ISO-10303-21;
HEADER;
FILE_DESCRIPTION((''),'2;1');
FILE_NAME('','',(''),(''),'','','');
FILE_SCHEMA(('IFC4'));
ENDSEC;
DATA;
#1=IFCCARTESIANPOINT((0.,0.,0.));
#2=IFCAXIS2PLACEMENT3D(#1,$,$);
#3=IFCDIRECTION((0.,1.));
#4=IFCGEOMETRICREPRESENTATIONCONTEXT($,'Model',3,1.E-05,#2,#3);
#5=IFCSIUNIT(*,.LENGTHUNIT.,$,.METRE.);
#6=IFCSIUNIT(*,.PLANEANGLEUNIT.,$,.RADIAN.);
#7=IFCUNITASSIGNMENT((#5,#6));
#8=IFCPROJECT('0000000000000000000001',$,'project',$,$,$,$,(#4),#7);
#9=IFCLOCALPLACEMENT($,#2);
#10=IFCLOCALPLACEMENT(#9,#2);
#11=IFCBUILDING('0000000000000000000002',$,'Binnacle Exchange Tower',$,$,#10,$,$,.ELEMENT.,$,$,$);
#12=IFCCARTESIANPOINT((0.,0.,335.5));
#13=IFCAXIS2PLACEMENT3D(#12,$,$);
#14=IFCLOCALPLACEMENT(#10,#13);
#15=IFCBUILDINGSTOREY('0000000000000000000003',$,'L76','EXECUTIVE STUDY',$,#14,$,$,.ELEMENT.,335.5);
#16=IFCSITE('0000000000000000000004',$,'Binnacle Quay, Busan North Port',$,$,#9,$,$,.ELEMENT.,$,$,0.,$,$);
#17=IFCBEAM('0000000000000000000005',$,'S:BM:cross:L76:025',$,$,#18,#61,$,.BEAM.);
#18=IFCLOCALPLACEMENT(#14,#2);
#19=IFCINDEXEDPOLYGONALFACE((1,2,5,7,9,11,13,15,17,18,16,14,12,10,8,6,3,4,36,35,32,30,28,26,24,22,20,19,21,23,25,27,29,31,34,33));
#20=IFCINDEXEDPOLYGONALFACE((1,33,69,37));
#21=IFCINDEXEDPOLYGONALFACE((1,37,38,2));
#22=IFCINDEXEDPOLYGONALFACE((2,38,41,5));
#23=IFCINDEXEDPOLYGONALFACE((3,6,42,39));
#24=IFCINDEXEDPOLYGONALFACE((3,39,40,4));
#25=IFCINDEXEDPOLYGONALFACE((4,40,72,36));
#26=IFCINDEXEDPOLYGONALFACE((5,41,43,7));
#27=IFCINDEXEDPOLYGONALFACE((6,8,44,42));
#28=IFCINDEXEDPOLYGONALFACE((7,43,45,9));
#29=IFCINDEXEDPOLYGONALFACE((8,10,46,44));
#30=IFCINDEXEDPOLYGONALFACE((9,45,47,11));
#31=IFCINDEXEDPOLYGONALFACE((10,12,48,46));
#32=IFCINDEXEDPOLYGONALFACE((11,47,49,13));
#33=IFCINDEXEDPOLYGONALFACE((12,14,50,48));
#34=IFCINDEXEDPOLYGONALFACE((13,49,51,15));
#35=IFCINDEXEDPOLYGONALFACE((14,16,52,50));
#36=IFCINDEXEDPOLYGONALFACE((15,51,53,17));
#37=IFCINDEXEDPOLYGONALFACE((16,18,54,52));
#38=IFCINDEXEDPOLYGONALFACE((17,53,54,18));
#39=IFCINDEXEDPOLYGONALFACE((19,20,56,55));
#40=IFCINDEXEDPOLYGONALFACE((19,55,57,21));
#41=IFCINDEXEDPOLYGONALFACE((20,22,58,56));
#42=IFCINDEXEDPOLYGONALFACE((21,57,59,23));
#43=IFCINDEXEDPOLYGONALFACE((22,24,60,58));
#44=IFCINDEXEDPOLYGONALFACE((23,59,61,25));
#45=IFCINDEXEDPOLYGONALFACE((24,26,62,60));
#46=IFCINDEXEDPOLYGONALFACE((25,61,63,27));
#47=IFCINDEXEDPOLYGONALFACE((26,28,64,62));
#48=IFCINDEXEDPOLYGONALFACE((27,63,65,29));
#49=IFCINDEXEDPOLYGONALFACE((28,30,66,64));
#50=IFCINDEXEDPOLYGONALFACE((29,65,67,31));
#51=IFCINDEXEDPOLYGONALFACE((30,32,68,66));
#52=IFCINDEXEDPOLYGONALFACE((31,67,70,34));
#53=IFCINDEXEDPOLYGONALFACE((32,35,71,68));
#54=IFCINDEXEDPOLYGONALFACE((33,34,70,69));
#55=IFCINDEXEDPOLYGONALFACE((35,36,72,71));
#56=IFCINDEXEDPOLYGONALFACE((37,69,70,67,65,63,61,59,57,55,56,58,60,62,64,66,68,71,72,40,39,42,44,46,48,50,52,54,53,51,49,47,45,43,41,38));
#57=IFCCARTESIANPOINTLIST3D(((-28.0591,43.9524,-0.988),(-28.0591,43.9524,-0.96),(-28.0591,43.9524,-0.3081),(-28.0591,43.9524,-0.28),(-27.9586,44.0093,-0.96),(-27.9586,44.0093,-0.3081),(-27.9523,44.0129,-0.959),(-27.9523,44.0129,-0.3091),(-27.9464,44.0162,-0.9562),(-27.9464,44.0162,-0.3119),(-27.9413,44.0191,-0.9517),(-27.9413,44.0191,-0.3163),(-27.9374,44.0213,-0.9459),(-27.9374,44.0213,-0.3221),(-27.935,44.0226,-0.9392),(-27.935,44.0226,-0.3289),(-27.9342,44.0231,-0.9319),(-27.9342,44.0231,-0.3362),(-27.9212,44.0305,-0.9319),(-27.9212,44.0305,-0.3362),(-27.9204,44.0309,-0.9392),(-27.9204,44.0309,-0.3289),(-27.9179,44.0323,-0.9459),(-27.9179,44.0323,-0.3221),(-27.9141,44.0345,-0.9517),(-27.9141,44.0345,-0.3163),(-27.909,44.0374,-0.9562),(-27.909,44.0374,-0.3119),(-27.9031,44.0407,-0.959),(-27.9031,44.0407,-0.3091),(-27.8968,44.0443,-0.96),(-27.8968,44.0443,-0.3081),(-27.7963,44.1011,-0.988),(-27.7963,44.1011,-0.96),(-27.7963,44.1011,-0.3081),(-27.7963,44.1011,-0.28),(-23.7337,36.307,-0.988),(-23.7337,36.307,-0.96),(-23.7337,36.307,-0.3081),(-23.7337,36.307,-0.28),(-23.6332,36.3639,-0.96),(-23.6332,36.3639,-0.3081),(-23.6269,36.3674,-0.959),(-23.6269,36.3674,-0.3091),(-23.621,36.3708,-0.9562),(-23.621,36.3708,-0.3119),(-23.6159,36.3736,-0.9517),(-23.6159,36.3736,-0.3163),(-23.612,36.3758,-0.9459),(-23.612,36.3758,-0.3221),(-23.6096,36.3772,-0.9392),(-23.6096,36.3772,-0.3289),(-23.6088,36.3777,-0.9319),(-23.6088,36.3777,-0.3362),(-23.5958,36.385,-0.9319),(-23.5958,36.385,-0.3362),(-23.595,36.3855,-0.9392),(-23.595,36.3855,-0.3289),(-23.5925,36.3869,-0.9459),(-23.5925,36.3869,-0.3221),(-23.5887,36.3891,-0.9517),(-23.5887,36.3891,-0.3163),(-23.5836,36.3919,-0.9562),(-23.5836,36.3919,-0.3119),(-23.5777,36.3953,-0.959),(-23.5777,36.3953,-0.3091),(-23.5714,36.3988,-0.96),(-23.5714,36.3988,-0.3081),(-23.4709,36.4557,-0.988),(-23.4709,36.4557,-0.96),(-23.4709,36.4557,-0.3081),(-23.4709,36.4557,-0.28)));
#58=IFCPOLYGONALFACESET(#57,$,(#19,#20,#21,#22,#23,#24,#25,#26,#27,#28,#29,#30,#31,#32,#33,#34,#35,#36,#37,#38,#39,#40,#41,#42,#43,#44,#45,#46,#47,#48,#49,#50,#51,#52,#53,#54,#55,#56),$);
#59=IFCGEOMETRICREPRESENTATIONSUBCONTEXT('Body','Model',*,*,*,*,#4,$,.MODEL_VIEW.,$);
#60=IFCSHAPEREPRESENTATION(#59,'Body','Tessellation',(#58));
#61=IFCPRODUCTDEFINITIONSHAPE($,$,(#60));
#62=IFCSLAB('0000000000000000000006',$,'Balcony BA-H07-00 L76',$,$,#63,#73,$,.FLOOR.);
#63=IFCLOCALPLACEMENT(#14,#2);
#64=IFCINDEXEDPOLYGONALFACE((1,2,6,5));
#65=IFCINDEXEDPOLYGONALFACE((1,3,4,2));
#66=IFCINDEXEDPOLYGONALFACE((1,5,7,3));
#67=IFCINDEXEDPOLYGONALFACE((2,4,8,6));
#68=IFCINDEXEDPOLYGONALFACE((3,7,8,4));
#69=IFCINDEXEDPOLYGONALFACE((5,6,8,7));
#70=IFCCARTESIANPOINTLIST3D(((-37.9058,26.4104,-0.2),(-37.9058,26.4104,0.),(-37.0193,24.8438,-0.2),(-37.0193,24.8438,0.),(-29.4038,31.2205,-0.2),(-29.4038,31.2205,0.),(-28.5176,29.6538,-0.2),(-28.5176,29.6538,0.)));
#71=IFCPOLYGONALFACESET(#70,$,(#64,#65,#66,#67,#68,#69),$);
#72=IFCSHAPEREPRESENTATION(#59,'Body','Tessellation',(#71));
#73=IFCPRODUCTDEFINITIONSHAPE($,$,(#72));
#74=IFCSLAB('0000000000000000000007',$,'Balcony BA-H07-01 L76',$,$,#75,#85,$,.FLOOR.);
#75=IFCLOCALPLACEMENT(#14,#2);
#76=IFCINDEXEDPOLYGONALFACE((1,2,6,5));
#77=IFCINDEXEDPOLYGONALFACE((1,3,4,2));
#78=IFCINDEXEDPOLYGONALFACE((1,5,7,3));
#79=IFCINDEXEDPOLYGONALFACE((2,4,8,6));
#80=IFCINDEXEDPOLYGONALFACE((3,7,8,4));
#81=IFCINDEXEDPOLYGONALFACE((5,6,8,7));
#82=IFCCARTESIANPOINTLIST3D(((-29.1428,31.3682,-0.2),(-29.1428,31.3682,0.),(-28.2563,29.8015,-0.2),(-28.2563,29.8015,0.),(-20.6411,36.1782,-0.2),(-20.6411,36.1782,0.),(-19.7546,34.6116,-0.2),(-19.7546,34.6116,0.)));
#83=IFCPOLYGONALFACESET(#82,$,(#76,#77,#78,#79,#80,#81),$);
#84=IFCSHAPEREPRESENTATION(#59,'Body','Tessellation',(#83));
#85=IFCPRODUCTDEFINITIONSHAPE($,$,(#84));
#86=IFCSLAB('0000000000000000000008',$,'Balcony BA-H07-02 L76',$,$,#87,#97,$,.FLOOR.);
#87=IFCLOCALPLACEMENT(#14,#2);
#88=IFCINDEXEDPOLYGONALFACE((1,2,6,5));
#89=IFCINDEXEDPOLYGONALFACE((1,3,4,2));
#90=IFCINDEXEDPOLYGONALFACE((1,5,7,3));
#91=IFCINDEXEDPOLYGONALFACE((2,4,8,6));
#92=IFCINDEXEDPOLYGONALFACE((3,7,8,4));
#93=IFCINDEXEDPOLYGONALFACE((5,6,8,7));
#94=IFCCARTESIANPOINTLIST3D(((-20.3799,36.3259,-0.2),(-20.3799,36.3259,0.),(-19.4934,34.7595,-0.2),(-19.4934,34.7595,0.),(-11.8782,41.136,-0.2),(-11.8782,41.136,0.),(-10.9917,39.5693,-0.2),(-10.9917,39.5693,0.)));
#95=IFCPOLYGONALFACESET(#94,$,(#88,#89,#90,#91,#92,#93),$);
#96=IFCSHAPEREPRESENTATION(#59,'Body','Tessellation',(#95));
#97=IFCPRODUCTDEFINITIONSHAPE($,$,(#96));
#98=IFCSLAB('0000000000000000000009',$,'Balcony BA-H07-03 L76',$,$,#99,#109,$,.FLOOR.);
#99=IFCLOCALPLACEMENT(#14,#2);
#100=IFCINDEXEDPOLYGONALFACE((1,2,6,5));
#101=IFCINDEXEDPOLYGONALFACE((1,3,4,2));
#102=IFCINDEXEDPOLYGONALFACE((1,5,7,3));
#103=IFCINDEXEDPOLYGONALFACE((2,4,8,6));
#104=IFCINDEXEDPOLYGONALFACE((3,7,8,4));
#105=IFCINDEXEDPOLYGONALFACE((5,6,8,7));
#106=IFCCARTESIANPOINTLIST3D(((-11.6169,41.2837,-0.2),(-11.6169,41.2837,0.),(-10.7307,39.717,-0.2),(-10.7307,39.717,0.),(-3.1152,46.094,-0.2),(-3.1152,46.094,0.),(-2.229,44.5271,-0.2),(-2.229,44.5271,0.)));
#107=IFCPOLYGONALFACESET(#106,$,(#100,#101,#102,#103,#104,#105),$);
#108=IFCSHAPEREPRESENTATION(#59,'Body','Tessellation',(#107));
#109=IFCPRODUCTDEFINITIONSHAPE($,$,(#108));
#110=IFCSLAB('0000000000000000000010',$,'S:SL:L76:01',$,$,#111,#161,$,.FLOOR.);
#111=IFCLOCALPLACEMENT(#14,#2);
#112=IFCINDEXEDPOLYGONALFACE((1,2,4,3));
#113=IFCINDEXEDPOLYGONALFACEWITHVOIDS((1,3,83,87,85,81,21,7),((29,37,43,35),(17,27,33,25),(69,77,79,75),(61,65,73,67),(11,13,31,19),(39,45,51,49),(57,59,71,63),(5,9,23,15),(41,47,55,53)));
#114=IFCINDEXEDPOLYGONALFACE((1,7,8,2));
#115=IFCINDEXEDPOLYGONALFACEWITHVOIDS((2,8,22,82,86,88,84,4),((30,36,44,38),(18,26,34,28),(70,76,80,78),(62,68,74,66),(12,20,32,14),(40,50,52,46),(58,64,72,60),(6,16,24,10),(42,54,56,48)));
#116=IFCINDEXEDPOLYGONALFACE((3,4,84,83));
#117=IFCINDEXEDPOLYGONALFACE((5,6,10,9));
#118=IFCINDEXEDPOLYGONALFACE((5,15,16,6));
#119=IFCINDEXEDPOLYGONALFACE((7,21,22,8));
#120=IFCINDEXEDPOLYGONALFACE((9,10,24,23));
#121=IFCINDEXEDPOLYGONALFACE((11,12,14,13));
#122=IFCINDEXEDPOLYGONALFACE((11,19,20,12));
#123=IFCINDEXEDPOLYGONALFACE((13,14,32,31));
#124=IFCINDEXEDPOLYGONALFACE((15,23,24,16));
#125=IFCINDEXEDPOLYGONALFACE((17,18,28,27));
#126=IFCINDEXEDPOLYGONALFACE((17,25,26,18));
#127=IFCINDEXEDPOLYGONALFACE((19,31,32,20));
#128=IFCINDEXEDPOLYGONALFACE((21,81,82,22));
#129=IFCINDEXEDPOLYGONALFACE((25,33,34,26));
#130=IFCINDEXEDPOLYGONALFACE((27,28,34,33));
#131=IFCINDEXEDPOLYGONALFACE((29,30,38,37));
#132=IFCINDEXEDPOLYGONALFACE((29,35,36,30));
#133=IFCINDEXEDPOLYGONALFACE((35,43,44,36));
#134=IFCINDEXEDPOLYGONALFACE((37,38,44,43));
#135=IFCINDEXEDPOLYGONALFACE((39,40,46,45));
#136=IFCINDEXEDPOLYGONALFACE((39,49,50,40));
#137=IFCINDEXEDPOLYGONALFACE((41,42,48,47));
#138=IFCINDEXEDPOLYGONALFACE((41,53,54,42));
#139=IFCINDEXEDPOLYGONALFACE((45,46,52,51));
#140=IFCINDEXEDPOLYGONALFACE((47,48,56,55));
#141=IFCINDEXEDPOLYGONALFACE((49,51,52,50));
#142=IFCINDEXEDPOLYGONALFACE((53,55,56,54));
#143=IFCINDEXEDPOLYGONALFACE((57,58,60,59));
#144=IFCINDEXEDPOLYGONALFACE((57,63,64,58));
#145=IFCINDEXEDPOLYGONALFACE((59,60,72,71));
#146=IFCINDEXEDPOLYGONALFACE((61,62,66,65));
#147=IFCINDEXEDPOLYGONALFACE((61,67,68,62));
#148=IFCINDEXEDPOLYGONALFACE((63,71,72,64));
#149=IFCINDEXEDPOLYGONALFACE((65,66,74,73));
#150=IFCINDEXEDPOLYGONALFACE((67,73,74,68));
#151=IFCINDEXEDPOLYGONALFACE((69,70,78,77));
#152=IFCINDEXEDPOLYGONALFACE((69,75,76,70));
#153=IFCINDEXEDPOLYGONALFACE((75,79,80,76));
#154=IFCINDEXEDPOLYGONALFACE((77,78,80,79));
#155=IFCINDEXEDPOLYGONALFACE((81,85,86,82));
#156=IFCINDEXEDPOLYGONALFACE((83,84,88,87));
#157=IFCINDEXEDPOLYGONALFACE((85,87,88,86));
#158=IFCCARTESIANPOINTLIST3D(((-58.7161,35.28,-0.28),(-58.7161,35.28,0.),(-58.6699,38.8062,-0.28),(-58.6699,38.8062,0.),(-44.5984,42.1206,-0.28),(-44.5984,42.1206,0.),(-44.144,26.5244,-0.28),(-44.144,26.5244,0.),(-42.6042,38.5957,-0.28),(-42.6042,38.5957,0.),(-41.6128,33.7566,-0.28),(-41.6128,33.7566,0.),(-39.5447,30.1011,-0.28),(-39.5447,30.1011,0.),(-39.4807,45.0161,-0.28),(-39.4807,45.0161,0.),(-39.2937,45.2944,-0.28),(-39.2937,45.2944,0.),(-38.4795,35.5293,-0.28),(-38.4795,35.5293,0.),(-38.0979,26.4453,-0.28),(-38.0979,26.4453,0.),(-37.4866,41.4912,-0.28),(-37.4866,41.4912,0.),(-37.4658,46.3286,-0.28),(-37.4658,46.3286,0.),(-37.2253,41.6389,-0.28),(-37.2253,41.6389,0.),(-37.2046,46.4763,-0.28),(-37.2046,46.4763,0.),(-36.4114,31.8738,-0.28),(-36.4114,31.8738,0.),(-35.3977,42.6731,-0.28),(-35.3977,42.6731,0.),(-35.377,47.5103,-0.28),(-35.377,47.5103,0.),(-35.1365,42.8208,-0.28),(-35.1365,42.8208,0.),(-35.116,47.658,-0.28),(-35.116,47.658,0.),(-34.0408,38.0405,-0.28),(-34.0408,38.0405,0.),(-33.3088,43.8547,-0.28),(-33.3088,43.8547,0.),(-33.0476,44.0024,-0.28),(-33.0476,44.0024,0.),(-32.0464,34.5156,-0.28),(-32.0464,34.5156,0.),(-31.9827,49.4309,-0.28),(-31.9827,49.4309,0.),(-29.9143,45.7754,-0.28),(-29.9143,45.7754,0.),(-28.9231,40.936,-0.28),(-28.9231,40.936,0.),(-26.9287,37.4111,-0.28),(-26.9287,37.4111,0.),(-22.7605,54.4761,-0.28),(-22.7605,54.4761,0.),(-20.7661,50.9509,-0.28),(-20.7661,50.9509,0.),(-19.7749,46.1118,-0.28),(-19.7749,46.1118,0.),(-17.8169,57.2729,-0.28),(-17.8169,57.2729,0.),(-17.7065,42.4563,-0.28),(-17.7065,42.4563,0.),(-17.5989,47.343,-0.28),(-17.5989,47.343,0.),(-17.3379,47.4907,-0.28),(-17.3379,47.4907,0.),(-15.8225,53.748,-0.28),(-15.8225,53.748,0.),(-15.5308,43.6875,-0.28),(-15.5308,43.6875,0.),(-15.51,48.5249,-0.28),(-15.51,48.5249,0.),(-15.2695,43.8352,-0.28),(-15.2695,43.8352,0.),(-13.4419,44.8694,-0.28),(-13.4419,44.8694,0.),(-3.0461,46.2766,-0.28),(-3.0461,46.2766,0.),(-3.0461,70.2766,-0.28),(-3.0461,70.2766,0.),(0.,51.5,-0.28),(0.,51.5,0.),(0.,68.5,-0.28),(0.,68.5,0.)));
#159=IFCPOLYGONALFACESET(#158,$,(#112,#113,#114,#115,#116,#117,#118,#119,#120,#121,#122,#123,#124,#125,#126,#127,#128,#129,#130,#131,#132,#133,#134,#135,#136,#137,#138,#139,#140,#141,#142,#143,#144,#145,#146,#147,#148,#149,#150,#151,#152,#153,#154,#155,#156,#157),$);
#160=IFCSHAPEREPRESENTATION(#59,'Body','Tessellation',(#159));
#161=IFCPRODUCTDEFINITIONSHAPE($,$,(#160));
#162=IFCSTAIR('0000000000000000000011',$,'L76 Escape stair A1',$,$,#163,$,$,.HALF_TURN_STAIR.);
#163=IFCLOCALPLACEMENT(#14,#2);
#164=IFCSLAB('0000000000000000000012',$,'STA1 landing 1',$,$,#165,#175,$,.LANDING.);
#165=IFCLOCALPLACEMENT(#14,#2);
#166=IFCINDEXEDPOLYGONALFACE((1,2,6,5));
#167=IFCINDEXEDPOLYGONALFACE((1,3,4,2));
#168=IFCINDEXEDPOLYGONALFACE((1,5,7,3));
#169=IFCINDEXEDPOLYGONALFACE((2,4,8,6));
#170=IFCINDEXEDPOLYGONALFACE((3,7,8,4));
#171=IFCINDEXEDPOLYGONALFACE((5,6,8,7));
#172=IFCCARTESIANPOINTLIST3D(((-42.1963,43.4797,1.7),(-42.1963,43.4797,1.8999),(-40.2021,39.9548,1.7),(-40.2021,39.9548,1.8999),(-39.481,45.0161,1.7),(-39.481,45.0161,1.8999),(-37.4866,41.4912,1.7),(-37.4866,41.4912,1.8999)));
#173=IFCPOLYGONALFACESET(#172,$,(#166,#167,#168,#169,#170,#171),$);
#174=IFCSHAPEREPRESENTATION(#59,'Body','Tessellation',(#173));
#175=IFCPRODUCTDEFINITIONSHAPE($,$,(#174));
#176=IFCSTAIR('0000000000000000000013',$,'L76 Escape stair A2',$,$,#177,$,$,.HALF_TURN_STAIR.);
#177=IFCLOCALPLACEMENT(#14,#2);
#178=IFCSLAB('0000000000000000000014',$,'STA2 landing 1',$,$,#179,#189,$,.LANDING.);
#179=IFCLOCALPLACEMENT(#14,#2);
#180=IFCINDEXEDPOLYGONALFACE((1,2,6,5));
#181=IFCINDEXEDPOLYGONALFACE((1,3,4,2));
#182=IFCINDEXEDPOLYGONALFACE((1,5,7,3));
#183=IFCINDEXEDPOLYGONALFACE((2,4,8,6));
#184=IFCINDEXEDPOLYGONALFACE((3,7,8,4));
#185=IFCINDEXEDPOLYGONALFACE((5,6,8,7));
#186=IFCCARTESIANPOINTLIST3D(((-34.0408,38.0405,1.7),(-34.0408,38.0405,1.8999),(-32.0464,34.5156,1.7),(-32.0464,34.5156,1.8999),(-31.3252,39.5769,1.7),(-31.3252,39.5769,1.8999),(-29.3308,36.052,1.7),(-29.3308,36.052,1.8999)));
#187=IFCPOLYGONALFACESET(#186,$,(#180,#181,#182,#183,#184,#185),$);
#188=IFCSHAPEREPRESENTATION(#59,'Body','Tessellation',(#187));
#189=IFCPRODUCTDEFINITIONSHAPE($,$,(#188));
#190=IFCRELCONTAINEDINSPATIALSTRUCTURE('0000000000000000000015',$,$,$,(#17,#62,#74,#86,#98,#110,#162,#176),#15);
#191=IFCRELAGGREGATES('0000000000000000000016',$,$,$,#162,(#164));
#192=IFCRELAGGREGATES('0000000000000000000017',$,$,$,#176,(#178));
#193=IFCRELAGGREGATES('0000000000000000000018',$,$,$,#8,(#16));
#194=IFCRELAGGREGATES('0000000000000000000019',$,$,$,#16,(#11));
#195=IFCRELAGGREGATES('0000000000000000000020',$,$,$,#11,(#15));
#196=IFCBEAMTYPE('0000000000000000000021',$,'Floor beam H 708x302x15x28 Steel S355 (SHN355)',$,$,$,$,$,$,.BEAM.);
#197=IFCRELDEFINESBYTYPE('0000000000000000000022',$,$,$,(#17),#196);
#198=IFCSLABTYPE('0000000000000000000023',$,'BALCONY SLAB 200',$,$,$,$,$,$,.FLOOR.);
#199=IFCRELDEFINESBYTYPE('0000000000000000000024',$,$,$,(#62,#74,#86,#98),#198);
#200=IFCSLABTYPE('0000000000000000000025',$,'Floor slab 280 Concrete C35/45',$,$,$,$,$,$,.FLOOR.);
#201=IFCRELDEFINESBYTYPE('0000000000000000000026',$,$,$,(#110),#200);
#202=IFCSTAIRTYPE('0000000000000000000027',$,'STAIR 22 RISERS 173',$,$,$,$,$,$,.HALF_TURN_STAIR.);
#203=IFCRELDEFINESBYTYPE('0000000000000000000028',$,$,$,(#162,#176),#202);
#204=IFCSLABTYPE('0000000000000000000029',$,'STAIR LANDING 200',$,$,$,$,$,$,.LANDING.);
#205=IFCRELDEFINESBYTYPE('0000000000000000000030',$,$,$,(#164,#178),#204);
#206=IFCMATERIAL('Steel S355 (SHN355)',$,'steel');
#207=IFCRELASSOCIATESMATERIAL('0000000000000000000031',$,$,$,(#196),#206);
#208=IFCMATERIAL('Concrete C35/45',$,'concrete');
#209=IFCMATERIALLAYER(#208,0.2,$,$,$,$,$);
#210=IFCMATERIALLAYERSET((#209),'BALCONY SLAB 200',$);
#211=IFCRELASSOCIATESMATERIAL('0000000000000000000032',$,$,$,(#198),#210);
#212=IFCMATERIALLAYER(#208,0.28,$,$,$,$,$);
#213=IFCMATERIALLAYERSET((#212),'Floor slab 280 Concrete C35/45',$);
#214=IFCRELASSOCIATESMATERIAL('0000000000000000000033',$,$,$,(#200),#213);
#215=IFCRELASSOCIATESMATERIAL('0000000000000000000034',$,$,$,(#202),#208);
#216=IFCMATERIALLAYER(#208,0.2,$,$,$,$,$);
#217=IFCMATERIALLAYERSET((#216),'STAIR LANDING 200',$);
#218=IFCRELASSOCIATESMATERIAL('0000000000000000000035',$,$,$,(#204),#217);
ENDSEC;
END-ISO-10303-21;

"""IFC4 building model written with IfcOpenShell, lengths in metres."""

from ifc_helpers import new_model, si_unit, direction, frame, origin, origin_2d, place, context, subcontext, project, spatial, polyline, i_section, outline, extrude, material, layer, layer_set, material_profile, profile_set, type_object, element, aggregate, save


model = new_model("IFC4")

# Units and contexts
model_context = context("Model", 3, precision=1e-05, world=origin(), true_north=direction((0.0, 1.0)))
body_context = subcontext(model_context, "Body", "Model", "MODEL_VIEW")
ifc_project = project(units=[si_unit("LENGTHUNIT", "METRE"), si_unit("PLANEANGLEUNIT", "RADIAN")], contexts=[model_context])

# Site, building, storey
site_placement = place(None, origin())
site = spatial("IfcSite", under=ifc_project, at=site_placement, Name="Binnacle Quay, Busan North Port", CompositionType="ELEMENT", RefElevation=0.0)
building_placement = place(site_placement, origin())
building = spatial("IfcBuilding", under=site, at=building_placement, Name="Binnacle Exchange Tower", CompositionType="ELEMENT")
storey_placement = place(building_placement, frame((0.0, 0.0, 335.5)))
storey = spatial("IfcBuildingStorey", under=building, at=storey_placement, Name="L76", Description="EXECUTIVE STUDY", CompositionType="ELEMENT", Elevation=335.5)

# Beam
ifc_material_1 = material(Name="Steel S355 (SHN355)", Category="steel")
ifc_material_profile_1 = material_profile(ifc_material_1, i_section(OverallWidth=0.302, OverallDepth=0.708, WebThickness=0.0149, FlangeThickness=0.0281, FilletRadius=0.0281, at=origin_2d()), Name="H 708x302x15x28")
ifc_profile_set_1 = profile_set([ifc_material_profile_1], Name="Steel S355 (SHN355)")
beam_type_1 = type_object("IfcBeamType", Name="Floor beam H 708x302x15x28 Steel S355 (SHN355)", PredefinedType="BEAM", material=ifc_profile_set_1)
beam_1_placement = place(storey_placement, frame((-23.6023, 36.3813, -0.634), z_axis=(-0.492408, 0.870365, 0.0), x_axis=(-0.870365, -0.492408, 0.0)))
element("IfcBeam", 1, at=beam_1_placement, inside=storey, type_object=beam_type_1, Name="S:BM:cross:L76:025", PredefinedType="BEAM", context=body_context, shape_type="SweptSolid", body=[
    extrude(i_section(OverallWidth=0.302, OverallDepth=0.708, WebThickness=0.0149, FlangeThickness=0.0281, FilletRadius=0.0281, at=origin_2d()), origin(), (0.0, 0.0, 1.0), 8.7842),
])

# Slabs
ifc_material_2 = material(Name="Concrete C35/45", Category="concrete")
ifc_layer_1 = layer(ifc_material_2, 0.2)
ifc_layer_set_1 = layer_set([ifc_layer_1], Name="BALCONY SLAB 200")
slab_type_1 = type_object("IfcSlabType", Name="BALCONY SLAB 200", PredefinedType="FLOOR", material=ifc_layer_set_1)
slab_1_placement = place(storey_placement, frame((0.0, 0.0, -0.2)))
element("IfcSlab", 2, at=slab_1_placement, inside=storey, type_object=slab_type_1, Name="Balcony BA-H07-00 L76", PredefinedType="FLOOR", context=body_context, shape_type="SweptSolid", body=[
    extrude(outline(polyline([(-37.9058, 26.4104), (-29.4038, 31.2205), (-28.5176, 29.6538), (-37.0193, 24.8438), (-37.9058, 26.4104)])), origin(), (0.0, 0.0, 1.0), 0.2),
])
slab_2_placement = place(storey_placement, frame((0.0, 0.0, -0.2)))
element("IfcSlab", 3, at=slab_2_placement, inside=storey, type_object=slab_type_1, Name="Balcony BA-H07-01 L76", PredefinedType="FLOOR", context=body_context, shape_type="SweptSolid", body=[
    extrude(outline(polyline([(-29.1428, 31.3682), (-20.6411, 36.1782), (-19.7546, 34.6116), (-28.2563, 29.8015), (-29.1428, 31.3682)])), origin(), (0.0, 0.0, 1.0), 0.2),
])
slab_3_placement = place(storey_placement, frame((0.0, 0.0, -0.2)))
element("IfcSlab", 4, at=slab_3_placement, inside=storey, type_object=slab_type_1, Name="Balcony BA-H07-02 L76", PredefinedType="FLOOR", context=body_context, shape_type="SweptSolid", body=[
    extrude(outline(polyline([(-20.3799, 36.3259), (-11.8782, 41.136), (-10.9917, 39.5693), (-19.4934, 34.7595), (-20.3799, 36.3259)])), origin(), (0.0, 0.0, 1.0), 0.2),
])
slab_4_placement = place(storey_placement, frame((0.0, 0.0, -0.2)))
element("IfcSlab", 5, at=slab_4_placement, inside=storey, type_object=slab_type_1, Name="Balcony BA-H07-03 L76", PredefinedType="FLOOR", context=body_context, shape_type="SweptSolid", body=[
    extrude(outline(polyline([(-11.6169, 41.2837), (-3.1152, 46.094), (-2.229, 44.5271), (-10.7307, 39.717), (-11.6169, 41.2837)])), origin(), (0.0, 0.0, 1.0), 0.2),
])
ifc_layer_2 = layer(ifc_material_2, 0.28)
ifc_layer_set_2 = layer_set([ifc_layer_2], Name="Floor slab 280 Concrete C35/45")
slab_type_2 = type_object("IfcSlabType", Name="Floor slab 280 Concrete C35/45", PredefinedType="FLOOR", material=ifc_layer_set_2)
slab_5_placement = place(storey_placement, frame((0.0, 0.0, -0.28)))
element("IfcSlab", 6, at=slab_5_placement, inside=storey, type_object=slab_type_2, Name="S:SL:L76:01", PredefinedType="FLOOR", context=body_context, shape_type="SweptSolid", body=[
    extrude(outline(polyline([(-38.0979, 26.4453), (-44.144, 26.5244), (-58.7161, 35.28), (-58.6699, 38.8062), (-3.0461, 70.2766), (0.0, 68.5), (0.0, 51.5), (-3.0461, 46.2766), (-38.0979, 26.4453)]), holes=[polyline([(-38.4795, 35.5293), (-41.6128, 33.7566), (-39.5447, 30.1011), (-36.4114, 31.8738), (-38.4795, 35.5293)]), polyline([(-32.0464, 34.5156), (-26.9287, 37.4111), (-28.9231, 40.936), (-34.0408, 38.0405), (-32.0464, 34.5156)]), polyline([(-39.4807, 45.0161), (-44.5984, 42.1206), (-42.6042, 38.5957), (-37.4866, 41.4912), (-39.4807, 45.0161)]), polyline([(-37.4658, 46.3286), (-39.2937, 45.2944), (-37.2253, 41.6389), (-35.3977, 42.6731), (-37.4658, 46.3286)]), polyline([(-17.5989, 47.343), (-19.7749, 46.1118), (-17.7065, 42.4563), (-15.5308, 43.6875), (-17.5989, 47.343)]), polyline([(-35.377, 47.5103), (-37.2046, 46.4763), (-35.1365, 42.8208), (-33.3088, 43.8547), (-35.377, 47.5103)]), polyline([(-15.51, 48.5249), (-17.3379, 47.4907), (-15.2695, 43.8352), (-13.4419, 44.8694), (-15.51, 48.5249)]), polyline([(-29.9143, 45.7754), (-31.9827, 49.4309), (-35.116, 47.658), (-33.0476, 44.0024), (-29.9143, 45.7754)]), polyline([(-15.8225, 53.748), (-17.8169, 57.2729), (-22.7605, 54.4761), (-20.7661, 50.9509), (-15.8225, 53.748)])]), origin(), (0.0, 0.0, 1.0), 0.28),
])

# Stairs, slabs
stair_type = type_object("IfcStairType", Name="STAIR 22 RISERS 173", PredefinedType="HALF_TURN_STAIR", material=ifc_material_2)
stair_1_placement = place(storey_placement, origin())
stair_1 = element("IfcStair", 7, at=stair_1_placement, inside=storey, type_object=stair_type, Name="L76 Escape stair A1", PredefinedType="HALF_TURN_STAIR")
ifc_layer_3 = layer(ifc_material_2, 0.2)
ifc_layer_set_3 = layer_set([ifc_layer_3], Name="STAIR LANDING 200")
slab_type_3 = type_object("IfcSlabType", Name="STAIR LANDING 200", PredefinedType="LANDING", material=ifc_layer_set_3)
slab_6_placement = place(storey_placement, frame((0.0, 0.0, 1.7)))
slab_6 = element("IfcSlab", 8, at=slab_6_placement, type_object=slab_type_3, Name="STA1 landing 1", PredefinedType="LANDING", context=body_context, shape_type="SweptSolid", body=[
    extrude(outline(polyline([(-40.2021, 39.9548), (-37.4866, 41.4912), (-39.481, 45.0161), (-42.1963, 43.4797), (-40.2021, 39.9548)])), origin(), (0.0, 0.0, 1.0), 0.2),
])
aggregate(stair_1, [slab_6])
stair_2_placement = place(storey_placement, origin())
stair_2 = element("IfcStair", 9, at=stair_2_placement, inside=storey, type_object=stair_type, Name="L76 Escape stair A2", PredefinedType="HALF_TURN_STAIR")
slab_7_placement = place(storey_placement, frame((0.0, 0.0, 1.7)))
slab_7 = element("IfcSlab", 10, at=slab_7_placement, type_object=slab_type_3, Name="STA2 landing 1", PredefinedType="LANDING", context=body_context, shape_type="SweptSolid", body=[
    extrude(outline(polyline([(-31.3252, 39.5769), (-34.0408, 38.0405), (-32.0464, 34.5156), (-29.3308, 36.052), (-31.3252, 39.5769)])), origin(), (0.0, 0.0, 1.0), 0.2),
])

aggregate(stair_2, [slab_7])

save(model, "model.ifc")
